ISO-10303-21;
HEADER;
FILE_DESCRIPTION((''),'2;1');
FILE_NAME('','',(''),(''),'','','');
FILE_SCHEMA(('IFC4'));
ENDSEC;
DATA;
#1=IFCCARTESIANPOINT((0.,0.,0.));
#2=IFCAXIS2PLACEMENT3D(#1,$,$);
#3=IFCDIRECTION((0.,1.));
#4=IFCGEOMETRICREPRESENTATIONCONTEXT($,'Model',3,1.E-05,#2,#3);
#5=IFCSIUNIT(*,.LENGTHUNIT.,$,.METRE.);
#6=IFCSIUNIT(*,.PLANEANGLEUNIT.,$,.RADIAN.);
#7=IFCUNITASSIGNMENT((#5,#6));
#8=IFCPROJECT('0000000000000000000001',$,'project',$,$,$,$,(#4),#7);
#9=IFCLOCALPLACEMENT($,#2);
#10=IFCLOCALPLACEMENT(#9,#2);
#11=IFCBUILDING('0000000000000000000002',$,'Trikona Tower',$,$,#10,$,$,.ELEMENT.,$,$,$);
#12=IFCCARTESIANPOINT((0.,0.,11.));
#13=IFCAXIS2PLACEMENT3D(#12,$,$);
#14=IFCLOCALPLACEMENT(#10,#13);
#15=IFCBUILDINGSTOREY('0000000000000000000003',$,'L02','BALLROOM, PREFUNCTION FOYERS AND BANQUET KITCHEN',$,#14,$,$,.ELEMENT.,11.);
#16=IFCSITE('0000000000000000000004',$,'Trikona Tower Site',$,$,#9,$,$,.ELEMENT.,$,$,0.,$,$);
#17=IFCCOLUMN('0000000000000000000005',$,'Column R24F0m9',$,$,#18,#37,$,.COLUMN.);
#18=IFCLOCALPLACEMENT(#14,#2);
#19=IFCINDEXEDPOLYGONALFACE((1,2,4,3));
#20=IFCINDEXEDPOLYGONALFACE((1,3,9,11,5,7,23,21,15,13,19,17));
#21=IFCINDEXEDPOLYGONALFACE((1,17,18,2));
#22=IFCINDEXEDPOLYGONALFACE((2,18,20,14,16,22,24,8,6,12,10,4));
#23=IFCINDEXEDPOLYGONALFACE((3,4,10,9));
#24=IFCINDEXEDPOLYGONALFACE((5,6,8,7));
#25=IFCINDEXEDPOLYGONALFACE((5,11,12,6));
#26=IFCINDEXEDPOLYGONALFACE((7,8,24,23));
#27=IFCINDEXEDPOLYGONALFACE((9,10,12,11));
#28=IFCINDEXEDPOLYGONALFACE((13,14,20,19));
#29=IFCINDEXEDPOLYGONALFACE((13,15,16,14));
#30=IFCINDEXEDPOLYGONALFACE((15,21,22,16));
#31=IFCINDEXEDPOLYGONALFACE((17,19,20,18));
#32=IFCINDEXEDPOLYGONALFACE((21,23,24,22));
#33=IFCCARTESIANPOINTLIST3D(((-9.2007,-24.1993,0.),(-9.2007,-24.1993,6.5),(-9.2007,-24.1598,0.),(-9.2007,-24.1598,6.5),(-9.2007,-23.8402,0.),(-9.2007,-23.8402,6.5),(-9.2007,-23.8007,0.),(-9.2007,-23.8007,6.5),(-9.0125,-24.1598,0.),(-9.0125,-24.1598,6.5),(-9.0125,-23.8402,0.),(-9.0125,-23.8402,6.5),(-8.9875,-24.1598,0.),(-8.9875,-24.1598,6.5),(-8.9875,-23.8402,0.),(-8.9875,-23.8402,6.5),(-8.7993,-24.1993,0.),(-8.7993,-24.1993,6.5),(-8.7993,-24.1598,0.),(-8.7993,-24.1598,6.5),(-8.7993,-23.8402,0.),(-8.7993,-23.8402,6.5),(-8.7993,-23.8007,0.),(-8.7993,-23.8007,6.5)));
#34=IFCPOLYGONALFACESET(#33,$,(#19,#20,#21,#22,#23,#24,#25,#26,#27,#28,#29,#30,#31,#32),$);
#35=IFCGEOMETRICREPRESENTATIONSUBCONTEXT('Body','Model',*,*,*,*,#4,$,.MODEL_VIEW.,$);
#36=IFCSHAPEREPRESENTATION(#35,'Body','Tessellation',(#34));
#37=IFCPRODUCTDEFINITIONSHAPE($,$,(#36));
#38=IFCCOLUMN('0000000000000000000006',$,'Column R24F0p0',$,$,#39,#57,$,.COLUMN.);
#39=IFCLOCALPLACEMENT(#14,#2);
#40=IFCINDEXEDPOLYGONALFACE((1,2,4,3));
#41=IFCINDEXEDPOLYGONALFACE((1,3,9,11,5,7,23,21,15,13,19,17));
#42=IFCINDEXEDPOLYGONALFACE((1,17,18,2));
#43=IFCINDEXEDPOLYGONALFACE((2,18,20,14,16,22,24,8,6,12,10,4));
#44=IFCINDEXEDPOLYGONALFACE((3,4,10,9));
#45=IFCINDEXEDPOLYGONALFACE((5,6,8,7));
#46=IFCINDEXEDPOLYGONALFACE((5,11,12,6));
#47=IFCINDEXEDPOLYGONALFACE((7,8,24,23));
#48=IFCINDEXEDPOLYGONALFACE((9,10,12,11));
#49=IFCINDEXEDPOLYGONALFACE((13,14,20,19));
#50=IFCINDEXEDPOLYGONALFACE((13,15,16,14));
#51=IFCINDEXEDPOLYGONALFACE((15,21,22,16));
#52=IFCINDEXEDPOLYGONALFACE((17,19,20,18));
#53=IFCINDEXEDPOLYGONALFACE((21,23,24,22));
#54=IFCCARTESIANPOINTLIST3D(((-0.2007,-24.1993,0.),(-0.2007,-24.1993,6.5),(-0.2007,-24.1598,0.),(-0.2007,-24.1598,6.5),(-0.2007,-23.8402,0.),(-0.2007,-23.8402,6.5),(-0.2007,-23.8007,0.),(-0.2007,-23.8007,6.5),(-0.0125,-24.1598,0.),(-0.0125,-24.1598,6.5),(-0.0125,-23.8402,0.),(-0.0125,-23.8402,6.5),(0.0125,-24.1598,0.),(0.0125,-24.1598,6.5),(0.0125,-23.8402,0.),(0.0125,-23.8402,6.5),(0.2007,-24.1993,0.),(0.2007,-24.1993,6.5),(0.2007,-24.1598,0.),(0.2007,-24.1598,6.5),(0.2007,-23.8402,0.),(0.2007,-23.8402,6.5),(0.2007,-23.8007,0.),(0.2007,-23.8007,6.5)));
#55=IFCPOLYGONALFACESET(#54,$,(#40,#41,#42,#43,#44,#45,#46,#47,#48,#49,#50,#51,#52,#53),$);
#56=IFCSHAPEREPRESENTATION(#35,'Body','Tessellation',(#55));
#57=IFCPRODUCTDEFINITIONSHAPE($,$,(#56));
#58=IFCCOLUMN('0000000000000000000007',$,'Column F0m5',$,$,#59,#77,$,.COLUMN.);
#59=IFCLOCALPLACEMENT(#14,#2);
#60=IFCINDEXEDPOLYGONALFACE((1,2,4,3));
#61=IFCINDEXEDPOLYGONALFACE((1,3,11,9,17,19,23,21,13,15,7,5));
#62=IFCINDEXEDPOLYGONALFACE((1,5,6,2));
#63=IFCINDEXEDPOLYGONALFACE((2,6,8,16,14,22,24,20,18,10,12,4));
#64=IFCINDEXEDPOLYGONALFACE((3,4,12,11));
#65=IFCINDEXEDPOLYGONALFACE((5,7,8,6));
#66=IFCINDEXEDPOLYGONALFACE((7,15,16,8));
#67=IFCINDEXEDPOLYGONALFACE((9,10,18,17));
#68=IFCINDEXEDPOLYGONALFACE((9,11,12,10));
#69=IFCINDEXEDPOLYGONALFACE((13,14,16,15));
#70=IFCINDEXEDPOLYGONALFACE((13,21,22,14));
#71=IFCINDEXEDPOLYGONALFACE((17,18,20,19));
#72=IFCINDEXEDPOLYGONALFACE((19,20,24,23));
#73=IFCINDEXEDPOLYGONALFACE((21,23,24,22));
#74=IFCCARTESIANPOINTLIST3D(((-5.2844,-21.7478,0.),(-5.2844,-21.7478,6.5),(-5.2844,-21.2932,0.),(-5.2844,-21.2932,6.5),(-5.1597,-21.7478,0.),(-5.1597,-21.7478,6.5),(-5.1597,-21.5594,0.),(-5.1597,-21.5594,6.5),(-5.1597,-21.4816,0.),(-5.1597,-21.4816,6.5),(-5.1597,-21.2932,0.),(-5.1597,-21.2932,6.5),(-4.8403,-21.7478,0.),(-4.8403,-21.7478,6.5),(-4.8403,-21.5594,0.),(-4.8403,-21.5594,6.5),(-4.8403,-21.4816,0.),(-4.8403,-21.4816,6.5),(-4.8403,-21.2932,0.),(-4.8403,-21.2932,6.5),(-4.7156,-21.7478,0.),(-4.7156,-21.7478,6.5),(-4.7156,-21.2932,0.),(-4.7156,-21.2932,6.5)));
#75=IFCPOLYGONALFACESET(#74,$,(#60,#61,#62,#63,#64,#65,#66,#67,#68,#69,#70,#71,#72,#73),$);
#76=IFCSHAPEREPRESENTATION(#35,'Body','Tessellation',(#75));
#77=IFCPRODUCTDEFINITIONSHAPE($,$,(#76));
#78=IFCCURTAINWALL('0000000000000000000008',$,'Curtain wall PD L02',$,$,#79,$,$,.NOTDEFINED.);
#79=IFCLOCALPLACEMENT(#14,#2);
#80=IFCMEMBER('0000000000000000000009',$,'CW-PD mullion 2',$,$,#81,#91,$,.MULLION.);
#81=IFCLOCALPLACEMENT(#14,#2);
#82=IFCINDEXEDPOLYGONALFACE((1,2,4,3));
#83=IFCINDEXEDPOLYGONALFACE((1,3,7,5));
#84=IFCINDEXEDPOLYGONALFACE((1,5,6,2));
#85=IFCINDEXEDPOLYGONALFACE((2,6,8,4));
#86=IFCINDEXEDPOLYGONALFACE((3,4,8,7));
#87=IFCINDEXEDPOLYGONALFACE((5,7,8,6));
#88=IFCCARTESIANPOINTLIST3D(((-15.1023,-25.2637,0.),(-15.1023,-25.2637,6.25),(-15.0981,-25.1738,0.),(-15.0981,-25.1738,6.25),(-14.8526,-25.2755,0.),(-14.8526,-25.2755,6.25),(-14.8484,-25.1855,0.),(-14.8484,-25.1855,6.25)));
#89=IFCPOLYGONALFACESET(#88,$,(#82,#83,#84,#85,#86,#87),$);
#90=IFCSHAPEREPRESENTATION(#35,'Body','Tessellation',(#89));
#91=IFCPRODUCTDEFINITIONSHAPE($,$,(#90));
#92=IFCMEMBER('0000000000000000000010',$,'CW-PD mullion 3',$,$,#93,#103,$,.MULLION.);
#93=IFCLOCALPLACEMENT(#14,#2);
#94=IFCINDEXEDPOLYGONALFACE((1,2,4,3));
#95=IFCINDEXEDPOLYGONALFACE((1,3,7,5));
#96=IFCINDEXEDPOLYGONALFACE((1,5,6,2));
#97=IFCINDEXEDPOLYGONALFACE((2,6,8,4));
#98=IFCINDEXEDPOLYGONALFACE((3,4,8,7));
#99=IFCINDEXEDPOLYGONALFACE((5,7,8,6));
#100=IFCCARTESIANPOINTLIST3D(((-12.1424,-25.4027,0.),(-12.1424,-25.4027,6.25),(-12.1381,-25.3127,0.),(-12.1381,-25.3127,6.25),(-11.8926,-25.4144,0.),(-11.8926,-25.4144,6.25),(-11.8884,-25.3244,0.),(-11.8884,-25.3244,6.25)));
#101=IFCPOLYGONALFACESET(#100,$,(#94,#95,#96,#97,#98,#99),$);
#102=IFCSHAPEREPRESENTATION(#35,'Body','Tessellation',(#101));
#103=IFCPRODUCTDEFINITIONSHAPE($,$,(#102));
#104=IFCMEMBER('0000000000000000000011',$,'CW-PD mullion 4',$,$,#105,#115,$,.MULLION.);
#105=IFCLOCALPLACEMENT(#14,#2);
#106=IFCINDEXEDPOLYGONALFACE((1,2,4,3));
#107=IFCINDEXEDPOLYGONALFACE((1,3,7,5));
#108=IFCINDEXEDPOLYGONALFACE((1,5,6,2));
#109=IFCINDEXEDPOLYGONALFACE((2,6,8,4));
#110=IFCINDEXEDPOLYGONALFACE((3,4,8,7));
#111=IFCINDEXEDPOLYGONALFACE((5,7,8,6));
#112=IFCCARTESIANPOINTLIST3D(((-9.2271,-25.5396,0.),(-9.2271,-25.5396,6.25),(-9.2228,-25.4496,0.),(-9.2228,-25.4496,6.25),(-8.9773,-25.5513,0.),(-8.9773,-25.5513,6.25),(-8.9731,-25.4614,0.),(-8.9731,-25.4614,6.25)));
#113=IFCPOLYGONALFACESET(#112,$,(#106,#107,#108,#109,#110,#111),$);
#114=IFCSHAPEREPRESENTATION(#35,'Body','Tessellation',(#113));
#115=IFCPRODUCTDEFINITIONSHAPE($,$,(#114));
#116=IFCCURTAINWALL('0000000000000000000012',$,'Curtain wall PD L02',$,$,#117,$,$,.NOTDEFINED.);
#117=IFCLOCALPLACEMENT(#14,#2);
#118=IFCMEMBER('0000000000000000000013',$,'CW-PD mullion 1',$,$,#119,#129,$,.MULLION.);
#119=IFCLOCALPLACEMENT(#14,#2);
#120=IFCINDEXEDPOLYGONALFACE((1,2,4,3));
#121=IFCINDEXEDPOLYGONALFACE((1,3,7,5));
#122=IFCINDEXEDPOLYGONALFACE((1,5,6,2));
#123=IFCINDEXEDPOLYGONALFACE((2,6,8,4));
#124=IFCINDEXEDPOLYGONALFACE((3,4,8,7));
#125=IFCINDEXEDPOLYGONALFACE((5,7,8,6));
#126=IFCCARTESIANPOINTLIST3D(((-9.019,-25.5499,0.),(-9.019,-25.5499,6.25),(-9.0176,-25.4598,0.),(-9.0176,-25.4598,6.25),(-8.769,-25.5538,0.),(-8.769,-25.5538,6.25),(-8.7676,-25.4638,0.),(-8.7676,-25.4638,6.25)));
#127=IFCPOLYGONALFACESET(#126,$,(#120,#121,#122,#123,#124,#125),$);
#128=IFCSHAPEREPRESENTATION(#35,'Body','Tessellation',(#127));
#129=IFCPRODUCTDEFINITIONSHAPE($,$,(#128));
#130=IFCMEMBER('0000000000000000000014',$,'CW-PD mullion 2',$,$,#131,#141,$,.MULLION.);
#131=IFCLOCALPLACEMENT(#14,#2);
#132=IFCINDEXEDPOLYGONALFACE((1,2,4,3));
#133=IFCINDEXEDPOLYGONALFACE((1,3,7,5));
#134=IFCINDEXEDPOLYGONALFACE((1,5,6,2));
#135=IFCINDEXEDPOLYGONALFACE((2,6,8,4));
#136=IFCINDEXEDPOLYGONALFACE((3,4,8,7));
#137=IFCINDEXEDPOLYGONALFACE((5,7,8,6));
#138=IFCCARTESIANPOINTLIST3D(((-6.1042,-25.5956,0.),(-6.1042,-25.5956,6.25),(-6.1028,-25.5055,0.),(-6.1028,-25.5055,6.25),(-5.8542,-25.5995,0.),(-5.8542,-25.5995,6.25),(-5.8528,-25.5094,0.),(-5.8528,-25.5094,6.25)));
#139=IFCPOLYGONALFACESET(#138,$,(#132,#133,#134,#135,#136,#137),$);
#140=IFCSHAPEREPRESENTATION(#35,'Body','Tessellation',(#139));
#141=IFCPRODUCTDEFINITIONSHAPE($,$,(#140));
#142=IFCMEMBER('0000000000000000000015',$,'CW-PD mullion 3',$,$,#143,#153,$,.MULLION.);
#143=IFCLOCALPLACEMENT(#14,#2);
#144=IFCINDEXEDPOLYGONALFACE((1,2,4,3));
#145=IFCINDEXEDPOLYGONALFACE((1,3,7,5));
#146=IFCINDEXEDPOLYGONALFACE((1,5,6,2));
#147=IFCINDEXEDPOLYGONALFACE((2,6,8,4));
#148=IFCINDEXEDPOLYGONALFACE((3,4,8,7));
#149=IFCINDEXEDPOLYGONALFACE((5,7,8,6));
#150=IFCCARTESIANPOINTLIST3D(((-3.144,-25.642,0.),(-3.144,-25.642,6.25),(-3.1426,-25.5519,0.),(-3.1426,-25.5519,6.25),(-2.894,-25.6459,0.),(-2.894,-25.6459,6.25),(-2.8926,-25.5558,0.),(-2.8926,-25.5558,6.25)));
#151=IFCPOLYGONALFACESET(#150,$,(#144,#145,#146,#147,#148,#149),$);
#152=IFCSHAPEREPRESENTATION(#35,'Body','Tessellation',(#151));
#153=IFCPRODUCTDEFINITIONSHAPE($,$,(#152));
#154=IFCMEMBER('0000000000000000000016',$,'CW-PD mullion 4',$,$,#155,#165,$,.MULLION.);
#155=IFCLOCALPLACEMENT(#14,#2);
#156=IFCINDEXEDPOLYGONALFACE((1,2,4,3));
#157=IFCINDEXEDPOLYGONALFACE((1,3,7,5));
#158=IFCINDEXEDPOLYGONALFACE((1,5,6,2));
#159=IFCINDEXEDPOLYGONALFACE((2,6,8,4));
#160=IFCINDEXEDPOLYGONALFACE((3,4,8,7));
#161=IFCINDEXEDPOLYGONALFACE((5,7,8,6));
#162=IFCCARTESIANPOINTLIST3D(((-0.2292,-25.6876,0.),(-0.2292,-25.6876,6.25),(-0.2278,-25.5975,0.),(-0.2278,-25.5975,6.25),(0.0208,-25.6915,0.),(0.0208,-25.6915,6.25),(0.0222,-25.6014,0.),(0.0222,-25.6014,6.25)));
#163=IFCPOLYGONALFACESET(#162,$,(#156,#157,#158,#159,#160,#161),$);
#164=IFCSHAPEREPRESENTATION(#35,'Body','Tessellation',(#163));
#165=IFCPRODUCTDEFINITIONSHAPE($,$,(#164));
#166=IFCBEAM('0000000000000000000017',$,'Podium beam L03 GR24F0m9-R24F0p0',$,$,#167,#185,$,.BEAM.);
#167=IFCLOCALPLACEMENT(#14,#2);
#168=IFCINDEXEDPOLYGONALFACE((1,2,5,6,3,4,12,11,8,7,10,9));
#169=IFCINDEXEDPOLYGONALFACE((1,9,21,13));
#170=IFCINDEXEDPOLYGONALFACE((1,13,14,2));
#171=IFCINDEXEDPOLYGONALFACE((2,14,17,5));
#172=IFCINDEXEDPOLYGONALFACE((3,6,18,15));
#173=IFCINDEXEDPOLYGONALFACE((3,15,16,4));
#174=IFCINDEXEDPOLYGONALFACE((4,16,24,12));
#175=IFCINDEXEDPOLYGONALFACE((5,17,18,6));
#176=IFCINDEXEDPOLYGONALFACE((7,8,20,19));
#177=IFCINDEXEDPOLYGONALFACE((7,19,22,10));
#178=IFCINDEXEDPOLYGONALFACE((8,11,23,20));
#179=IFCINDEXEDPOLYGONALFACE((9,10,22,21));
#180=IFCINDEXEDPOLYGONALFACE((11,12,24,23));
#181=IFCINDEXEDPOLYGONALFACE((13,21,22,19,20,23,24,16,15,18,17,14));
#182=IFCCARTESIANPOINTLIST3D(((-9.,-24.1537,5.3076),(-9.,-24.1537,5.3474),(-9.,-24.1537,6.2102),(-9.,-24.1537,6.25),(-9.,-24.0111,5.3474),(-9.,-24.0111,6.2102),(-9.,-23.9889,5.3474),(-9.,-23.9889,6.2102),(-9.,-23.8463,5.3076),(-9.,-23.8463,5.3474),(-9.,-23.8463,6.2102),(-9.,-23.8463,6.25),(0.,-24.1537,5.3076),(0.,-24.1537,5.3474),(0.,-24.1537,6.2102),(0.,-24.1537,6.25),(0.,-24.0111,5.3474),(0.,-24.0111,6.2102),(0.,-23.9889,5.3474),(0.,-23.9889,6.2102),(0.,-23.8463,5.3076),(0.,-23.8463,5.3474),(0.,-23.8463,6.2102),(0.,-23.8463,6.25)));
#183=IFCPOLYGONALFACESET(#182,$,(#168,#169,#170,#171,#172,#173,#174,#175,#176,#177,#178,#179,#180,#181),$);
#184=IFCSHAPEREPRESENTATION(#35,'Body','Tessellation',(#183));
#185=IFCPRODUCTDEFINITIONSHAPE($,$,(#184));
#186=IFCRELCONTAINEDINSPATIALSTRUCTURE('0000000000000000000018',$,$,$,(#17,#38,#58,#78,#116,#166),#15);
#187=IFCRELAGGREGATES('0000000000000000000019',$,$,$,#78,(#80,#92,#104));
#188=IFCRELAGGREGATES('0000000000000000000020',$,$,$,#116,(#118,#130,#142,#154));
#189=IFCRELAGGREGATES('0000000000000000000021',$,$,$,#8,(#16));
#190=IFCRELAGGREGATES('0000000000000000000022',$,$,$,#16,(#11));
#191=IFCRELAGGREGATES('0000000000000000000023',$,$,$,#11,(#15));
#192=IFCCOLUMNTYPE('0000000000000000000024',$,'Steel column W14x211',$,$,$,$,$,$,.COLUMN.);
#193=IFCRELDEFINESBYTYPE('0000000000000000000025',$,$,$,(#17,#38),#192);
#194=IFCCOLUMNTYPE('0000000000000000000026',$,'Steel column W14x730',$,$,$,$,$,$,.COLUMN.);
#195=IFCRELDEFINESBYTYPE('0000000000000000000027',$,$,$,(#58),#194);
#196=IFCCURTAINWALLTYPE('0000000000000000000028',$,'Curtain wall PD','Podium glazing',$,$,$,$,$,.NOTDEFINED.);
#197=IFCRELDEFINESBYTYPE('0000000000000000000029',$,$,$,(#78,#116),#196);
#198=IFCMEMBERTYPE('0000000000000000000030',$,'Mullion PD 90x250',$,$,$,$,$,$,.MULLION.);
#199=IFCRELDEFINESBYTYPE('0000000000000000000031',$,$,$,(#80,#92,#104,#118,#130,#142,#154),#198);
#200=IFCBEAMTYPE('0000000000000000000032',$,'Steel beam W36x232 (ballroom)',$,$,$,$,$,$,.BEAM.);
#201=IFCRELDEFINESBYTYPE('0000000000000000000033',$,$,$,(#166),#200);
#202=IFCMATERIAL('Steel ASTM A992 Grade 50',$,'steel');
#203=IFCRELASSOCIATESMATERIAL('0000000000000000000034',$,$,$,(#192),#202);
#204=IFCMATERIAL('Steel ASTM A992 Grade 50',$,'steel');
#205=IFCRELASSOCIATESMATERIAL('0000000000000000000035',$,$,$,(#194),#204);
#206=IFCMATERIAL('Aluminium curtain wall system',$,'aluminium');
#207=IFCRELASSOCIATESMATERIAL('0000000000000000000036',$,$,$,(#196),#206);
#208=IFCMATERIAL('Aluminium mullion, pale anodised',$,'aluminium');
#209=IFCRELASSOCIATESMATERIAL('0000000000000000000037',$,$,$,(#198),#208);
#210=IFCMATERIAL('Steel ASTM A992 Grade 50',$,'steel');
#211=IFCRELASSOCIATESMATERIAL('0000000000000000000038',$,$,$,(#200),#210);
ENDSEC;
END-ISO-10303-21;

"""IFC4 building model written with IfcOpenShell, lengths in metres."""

from ifc_helpers import new_model, si_unit, direction, frame, origin, origin_2d, place, context, subcontext, project, spatial, rectangle, i_section, extrude, material, material_profile, profile_set, type_object, element, aggregate, save


model = new_model("IFC4")

# Units and contexts
model_context = context("Model", 3, precision=1e-05, world=origin(), true_north=direction((0.0, 1.0)))
body_context = subcontext(model_context, "Body", "Model", "MODEL_VIEW")
ifc_project = project(units=[si_unit("LENGTHUNIT", "METRE"), si_unit("PLANEANGLEUNIT", "RADIAN")], contexts=[model_context])

# Site, building, storey
site_placement = place(None, origin())
site = spatial("IfcSite", under=ifc_project, at=site_placement, Name="Trikona Tower Site", CompositionType="ELEMENT", RefElevation=0.0)
building_placement = place(site_placement, origin())
building = spatial("IfcBuilding", under=site, at=building_placement, Name="Trikona Tower", CompositionType="ELEMENT")
storey_placement = place(building_placement, frame((0.0, 0.0, 11.0)))
storey = spatial("IfcBuildingStorey", under=building, at=storey_placement, Name="L02", Description="BALLROOM, PREFUNCTION FOYERS AND BANQUET KITCHEN", CompositionType="ELEMENT", Elevation=11.0)

# Columns
ifc_material_1 = material(Name="Steel ASTM A992 Grade 50", Category="steel")
ifc_material_profile_1 = material_profile(ifc_material_1, i_section(OverallWidth=0.4014, OverallDepth=0.3987, WebThickness=0.0249, FlangeThickness=0.0396, at=origin_2d()), Name="W14X211")
ifc_profile_set_1 = profile_set([ifc_material_profile_1], Name="Steel ASTM A992 Grade 50")
column_type_1 = type_object("IfcColumnType", Name="Steel column W14x211", PredefinedType="COLUMN", material=ifc_profile_set_1)
for number, where, z_axis, x_axis, name in (
    (1, (-9.0, -24.0, 0.0), (0.0, 0.0, 1.0), (1.0, 0.0, 0.0), "Column R24F0m9"),
    (2, (0.0, -24.0, 0.0), (0.0, 0.0, 1.0), (1.0, 0.0, 0.0), "Column R24F0p0"),
):
    element("IfcColumn", number, at=place(storey_placement, frame(where, z_axis=z_axis, x_axis=x_axis)), inside=storey, type_object=column_type_1, Name=name, PredefinedType="COLUMN", context=body_context, shape_type="SweptSolid", body=[
        extrude(i_section(OverallWidth=0.4014, OverallDepth=0.3987, WebThickness=0.0249, FlangeThickness=0.0396, at=origin_2d()), origin(), (0.0, 0.0, 1.0), 6.5),
    ])
ifc_material_2 = material(Name="Steel ASTM A992 Grade 50", Category="steel")
ifc_material_profile_2 = material_profile(ifc_material_2, i_section(OverallWidth=0.4546, OverallDepth=0.5688, WebThickness=0.0779, FlangeThickness=0.1248, at=origin_2d()), Name="W14X730")
ifc_profile_set_2 = profile_set([ifc_material_profile_2], Name="Steel ASTM A992 Grade 50")
column_type_2 = type_object("IfcColumnType", Name="Steel column W14x730", PredefinedType="COLUMN", material=ifc_profile_set_2)
column_placement = place(storey_placement, frame((-5.0, -21.5205, 0.0), z_axis=(0.0, 0.0, 1.0), x_axis=(0.0, -1.0, 0.0)))
element("IfcColumn", 3, at=column_placement, inside=storey, type_object=column_type_2, Name="Column F0m5", PredefinedType="COLUMN", context=body_context, shape_type="SweptSolid", body=[
    extrude(i_section(OverallWidth=0.4546, OverallDepth=0.5688, WebThickness=0.0779, FlangeThickness=0.1248, at=origin_2d()), origin(), (0.0, 0.0, 1.0), 6.5),
])

# Curtain walls, members
ifc_material_3 = material(Name="Aluminium curtain wall system", Category="aluminium")
curtain_wall_type = type_object("IfcCurtainWallType", Name="Curtain wall PD", Description="Podium glazing", PredefinedType="NOTDEFINED", material=ifc_material_3)
curtain_wall_1_placement = place(storey_placement, origin())
curtain_wall_1 = element("IfcCurtainWall", 4, at=curtain_wall_1_placement, inside=storey, type_object=curtain_wall_type, Name="Curtain wall PD L02", PredefinedType="NOTDEFINED")
ifc_material_4 = material(Name="Aluminium mullion, pale anodised", Category="aluminium")
ifc_material_profile_3 = material_profile(ifc_material_4, rectangle(XDim=0.0901, YDim=0.25, at=origin_2d()), Name="MUL-PD")
ifc_profile_set_3 = profile_set([ifc_material_profile_3], Name="Aluminium mullion, pale anodised")
member_type_1 = type_object("IfcMemberType", Name="Mullion PD 90x250", PredefinedType="MULLION", material=ifc_profile_set_3)
member_1_placement = place(storey_placement, frame((-14.9753, -25.2246, 0.0), z_axis=(0.0, 0.0, 1.0), x_axis=(0.046907, 0.998899, 0.0)))
member_1 = element("IfcMember", 5, at=member_1_placement, type_object=member_type_1, Name="CW-PD mullion 2", PredefinedType="MULLION", context=body_context, shape_type="SweptSolid", body=[
    extrude(rectangle(XDim=0.0901, YDim=0.25, at=origin_2d()), origin(), (0.0, 0.0, 1.0), 6.25),
])
member_2_placement = place(storey_placement, frame((-12.0154, -25.3635, 0.0), z_axis=(0.0, 0.0, 1.0), x_axis=(0.046907, 0.998899, 0.0)))
member_2 = element("IfcMember", 6, at=member_2_placement, type_object=member_type_1, Name="CW-PD mullion 3", PredefinedType="MULLION", context=body_context, shape_type="SweptSolid", body=[
    extrude(rectangle(XDim=0.0901, YDim=0.25, at=origin_2d()), origin(), (0.0, 0.0, 1.0), 6.25),
])
member_3_placement = place(storey_placement, frame((-9.1001, -25.5005, 0.0), z_axis=(0.0, 0.0, 1.0), x_axis=(0.046907, 0.998899, 0.0)))
member_3 = element("IfcMember", 7, at=member_3_placement, type_object=member_type_1, Name="CW-PD mullion 4", PredefinedType="MULLION", context=body_context, shape_type="SweptSolid", body=[
    extrude(rectangle(XDim=0.0901, YDim=0.25, at=origin_2d()), origin(), (0.0, 0.0, 1.0), 6.25),
])
curtain_wall_2_placement = place(storey_placement, origin())
curtain_wall_2 = element("IfcCurtainWall", 8, at=curtain_wall_2_placement, inside=storey, type_object=curtain_wall_type, Name="Curtain wall PD L02", PredefinedType="NOTDEFINED")
member_4_placement = place(storey_placement, frame((-8.8933, -25.5068, 0.0), z_axis=(0.0, 0.0, 1.0), x_axis=(0.015651, 0.999878, 0.0)))
member_4 = element("IfcMember", 9, at=member_4_placement, type_object=member_type_1, Name="CW-PD mullion 1", PredefinedType="MULLION", context=body_context, shape_type="SweptSolid", body=[
    extrude(rectangle(XDim=0.0901, YDim=0.25, at=origin_2d()), origin(), (0.0, 0.0, 1.0), 6.25),
])
member_5_placement = place(storey_placement, frame((-5.9785, -25.5525, 0.0), z_axis=(0.0, 0.0, 1.0), x_axis=(0.015651, 0.999878, 0.0)))
member_5 = element("IfcMember", 10, at=member_5_placement, type_object=member_type_1, Name="CW-PD mullion 2", PredefinedType="MULLION", context=body_context, shape_type="SweptSolid", body=[
    extrude(rectangle(XDim=0.0901, YDim=0.25, at=origin_2d()), origin(), (0.0, 0.0, 1.0), 6.25),
])
member_6_placement = place(storey_placement, frame((-3.0183, -25.5989, 0.0), z_axis=(0.0, 0.0, 1.0), x_axis=(0.015651, 0.999878, 0.0)))
member_6 = element("IfcMember", 11, at=member_6_placement, type_object=member_type_1, Name="CW-PD mullion 3", PredefinedType="MULLION", context=body_context, shape_type="SweptSolid", body=[
    extrude(rectangle(XDim=0.0901, YDim=0.25, at=origin_2d()), origin(), (0.0, 0.0, 1.0), 6.25),
])
member_7_placement = place(storey_placement, frame((-0.1035, -25.6445, 0.0), z_axis=(0.0, 0.0, 1.0), x_axis=(0.015651, 0.999878, 0.0)))
member_7 = element("IfcMember", 12, at=member_7_placement, type_object=member_type_1, Name="CW-PD mullion 4", PredefinedType="MULLION", context=body_context, shape_type="SweptSolid", body=[
    extrude(rectangle(XDim=0.0901, YDim=0.25, at=origin_2d()), origin(), (0.0, 0.0, 1.0), 6.25),
])

# Beam
ifc_material_5 = material(Name="Steel ASTM A992 Grade 50", Category="steel")
ifc_material_profile_4 = material_profile(ifc_material_5, i_section(OverallWidth=0.3074, OverallDepth=0.9424, WebThickness=0.0222, FlangeThickness=0.0398, at=origin_2d()), Name="W36X232")
ifc_profile_set_4 = profile_set([ifc_material_profile_4], Name="Steel ASTM A992 Grade 50")
beam_type = type_object("IfcBeamType", Name="Steel beam W36x232 (ballroom)", PredefinedType="BEAM", material=ifc_profile_set_4)
beam_placement = place(storey_placement, frame((-9.0, -24.0, 5.7788), z_axis=(1.0, 0.0, 0.0), x_axis=(0.0, 1.0, 0.0)))
element("IfcBeam", 13, at=beam_placement, inside=storey, type_object=beam_type, Name="Podium beam L03 GR24F0m9-R24F0p0", PredefinedType="BEAM", context=body_context, shape_type="SweptSolid", body=[
    extrude(i_section(OverallWidth=0.3074, OverallDepth=0.9424, WebThickness=0.0222, FlangeThickness=0.0398, at=origin_2d()), origin(), (0.0, 0.0, 1.0), 9.0),
])

aggregate(curtain_wall_1, [member_1, member_2, member_3])
aggregate(curtain_wall_2, [member_4, member_5, member_6, member_7])

save(model, "model.ifc")
